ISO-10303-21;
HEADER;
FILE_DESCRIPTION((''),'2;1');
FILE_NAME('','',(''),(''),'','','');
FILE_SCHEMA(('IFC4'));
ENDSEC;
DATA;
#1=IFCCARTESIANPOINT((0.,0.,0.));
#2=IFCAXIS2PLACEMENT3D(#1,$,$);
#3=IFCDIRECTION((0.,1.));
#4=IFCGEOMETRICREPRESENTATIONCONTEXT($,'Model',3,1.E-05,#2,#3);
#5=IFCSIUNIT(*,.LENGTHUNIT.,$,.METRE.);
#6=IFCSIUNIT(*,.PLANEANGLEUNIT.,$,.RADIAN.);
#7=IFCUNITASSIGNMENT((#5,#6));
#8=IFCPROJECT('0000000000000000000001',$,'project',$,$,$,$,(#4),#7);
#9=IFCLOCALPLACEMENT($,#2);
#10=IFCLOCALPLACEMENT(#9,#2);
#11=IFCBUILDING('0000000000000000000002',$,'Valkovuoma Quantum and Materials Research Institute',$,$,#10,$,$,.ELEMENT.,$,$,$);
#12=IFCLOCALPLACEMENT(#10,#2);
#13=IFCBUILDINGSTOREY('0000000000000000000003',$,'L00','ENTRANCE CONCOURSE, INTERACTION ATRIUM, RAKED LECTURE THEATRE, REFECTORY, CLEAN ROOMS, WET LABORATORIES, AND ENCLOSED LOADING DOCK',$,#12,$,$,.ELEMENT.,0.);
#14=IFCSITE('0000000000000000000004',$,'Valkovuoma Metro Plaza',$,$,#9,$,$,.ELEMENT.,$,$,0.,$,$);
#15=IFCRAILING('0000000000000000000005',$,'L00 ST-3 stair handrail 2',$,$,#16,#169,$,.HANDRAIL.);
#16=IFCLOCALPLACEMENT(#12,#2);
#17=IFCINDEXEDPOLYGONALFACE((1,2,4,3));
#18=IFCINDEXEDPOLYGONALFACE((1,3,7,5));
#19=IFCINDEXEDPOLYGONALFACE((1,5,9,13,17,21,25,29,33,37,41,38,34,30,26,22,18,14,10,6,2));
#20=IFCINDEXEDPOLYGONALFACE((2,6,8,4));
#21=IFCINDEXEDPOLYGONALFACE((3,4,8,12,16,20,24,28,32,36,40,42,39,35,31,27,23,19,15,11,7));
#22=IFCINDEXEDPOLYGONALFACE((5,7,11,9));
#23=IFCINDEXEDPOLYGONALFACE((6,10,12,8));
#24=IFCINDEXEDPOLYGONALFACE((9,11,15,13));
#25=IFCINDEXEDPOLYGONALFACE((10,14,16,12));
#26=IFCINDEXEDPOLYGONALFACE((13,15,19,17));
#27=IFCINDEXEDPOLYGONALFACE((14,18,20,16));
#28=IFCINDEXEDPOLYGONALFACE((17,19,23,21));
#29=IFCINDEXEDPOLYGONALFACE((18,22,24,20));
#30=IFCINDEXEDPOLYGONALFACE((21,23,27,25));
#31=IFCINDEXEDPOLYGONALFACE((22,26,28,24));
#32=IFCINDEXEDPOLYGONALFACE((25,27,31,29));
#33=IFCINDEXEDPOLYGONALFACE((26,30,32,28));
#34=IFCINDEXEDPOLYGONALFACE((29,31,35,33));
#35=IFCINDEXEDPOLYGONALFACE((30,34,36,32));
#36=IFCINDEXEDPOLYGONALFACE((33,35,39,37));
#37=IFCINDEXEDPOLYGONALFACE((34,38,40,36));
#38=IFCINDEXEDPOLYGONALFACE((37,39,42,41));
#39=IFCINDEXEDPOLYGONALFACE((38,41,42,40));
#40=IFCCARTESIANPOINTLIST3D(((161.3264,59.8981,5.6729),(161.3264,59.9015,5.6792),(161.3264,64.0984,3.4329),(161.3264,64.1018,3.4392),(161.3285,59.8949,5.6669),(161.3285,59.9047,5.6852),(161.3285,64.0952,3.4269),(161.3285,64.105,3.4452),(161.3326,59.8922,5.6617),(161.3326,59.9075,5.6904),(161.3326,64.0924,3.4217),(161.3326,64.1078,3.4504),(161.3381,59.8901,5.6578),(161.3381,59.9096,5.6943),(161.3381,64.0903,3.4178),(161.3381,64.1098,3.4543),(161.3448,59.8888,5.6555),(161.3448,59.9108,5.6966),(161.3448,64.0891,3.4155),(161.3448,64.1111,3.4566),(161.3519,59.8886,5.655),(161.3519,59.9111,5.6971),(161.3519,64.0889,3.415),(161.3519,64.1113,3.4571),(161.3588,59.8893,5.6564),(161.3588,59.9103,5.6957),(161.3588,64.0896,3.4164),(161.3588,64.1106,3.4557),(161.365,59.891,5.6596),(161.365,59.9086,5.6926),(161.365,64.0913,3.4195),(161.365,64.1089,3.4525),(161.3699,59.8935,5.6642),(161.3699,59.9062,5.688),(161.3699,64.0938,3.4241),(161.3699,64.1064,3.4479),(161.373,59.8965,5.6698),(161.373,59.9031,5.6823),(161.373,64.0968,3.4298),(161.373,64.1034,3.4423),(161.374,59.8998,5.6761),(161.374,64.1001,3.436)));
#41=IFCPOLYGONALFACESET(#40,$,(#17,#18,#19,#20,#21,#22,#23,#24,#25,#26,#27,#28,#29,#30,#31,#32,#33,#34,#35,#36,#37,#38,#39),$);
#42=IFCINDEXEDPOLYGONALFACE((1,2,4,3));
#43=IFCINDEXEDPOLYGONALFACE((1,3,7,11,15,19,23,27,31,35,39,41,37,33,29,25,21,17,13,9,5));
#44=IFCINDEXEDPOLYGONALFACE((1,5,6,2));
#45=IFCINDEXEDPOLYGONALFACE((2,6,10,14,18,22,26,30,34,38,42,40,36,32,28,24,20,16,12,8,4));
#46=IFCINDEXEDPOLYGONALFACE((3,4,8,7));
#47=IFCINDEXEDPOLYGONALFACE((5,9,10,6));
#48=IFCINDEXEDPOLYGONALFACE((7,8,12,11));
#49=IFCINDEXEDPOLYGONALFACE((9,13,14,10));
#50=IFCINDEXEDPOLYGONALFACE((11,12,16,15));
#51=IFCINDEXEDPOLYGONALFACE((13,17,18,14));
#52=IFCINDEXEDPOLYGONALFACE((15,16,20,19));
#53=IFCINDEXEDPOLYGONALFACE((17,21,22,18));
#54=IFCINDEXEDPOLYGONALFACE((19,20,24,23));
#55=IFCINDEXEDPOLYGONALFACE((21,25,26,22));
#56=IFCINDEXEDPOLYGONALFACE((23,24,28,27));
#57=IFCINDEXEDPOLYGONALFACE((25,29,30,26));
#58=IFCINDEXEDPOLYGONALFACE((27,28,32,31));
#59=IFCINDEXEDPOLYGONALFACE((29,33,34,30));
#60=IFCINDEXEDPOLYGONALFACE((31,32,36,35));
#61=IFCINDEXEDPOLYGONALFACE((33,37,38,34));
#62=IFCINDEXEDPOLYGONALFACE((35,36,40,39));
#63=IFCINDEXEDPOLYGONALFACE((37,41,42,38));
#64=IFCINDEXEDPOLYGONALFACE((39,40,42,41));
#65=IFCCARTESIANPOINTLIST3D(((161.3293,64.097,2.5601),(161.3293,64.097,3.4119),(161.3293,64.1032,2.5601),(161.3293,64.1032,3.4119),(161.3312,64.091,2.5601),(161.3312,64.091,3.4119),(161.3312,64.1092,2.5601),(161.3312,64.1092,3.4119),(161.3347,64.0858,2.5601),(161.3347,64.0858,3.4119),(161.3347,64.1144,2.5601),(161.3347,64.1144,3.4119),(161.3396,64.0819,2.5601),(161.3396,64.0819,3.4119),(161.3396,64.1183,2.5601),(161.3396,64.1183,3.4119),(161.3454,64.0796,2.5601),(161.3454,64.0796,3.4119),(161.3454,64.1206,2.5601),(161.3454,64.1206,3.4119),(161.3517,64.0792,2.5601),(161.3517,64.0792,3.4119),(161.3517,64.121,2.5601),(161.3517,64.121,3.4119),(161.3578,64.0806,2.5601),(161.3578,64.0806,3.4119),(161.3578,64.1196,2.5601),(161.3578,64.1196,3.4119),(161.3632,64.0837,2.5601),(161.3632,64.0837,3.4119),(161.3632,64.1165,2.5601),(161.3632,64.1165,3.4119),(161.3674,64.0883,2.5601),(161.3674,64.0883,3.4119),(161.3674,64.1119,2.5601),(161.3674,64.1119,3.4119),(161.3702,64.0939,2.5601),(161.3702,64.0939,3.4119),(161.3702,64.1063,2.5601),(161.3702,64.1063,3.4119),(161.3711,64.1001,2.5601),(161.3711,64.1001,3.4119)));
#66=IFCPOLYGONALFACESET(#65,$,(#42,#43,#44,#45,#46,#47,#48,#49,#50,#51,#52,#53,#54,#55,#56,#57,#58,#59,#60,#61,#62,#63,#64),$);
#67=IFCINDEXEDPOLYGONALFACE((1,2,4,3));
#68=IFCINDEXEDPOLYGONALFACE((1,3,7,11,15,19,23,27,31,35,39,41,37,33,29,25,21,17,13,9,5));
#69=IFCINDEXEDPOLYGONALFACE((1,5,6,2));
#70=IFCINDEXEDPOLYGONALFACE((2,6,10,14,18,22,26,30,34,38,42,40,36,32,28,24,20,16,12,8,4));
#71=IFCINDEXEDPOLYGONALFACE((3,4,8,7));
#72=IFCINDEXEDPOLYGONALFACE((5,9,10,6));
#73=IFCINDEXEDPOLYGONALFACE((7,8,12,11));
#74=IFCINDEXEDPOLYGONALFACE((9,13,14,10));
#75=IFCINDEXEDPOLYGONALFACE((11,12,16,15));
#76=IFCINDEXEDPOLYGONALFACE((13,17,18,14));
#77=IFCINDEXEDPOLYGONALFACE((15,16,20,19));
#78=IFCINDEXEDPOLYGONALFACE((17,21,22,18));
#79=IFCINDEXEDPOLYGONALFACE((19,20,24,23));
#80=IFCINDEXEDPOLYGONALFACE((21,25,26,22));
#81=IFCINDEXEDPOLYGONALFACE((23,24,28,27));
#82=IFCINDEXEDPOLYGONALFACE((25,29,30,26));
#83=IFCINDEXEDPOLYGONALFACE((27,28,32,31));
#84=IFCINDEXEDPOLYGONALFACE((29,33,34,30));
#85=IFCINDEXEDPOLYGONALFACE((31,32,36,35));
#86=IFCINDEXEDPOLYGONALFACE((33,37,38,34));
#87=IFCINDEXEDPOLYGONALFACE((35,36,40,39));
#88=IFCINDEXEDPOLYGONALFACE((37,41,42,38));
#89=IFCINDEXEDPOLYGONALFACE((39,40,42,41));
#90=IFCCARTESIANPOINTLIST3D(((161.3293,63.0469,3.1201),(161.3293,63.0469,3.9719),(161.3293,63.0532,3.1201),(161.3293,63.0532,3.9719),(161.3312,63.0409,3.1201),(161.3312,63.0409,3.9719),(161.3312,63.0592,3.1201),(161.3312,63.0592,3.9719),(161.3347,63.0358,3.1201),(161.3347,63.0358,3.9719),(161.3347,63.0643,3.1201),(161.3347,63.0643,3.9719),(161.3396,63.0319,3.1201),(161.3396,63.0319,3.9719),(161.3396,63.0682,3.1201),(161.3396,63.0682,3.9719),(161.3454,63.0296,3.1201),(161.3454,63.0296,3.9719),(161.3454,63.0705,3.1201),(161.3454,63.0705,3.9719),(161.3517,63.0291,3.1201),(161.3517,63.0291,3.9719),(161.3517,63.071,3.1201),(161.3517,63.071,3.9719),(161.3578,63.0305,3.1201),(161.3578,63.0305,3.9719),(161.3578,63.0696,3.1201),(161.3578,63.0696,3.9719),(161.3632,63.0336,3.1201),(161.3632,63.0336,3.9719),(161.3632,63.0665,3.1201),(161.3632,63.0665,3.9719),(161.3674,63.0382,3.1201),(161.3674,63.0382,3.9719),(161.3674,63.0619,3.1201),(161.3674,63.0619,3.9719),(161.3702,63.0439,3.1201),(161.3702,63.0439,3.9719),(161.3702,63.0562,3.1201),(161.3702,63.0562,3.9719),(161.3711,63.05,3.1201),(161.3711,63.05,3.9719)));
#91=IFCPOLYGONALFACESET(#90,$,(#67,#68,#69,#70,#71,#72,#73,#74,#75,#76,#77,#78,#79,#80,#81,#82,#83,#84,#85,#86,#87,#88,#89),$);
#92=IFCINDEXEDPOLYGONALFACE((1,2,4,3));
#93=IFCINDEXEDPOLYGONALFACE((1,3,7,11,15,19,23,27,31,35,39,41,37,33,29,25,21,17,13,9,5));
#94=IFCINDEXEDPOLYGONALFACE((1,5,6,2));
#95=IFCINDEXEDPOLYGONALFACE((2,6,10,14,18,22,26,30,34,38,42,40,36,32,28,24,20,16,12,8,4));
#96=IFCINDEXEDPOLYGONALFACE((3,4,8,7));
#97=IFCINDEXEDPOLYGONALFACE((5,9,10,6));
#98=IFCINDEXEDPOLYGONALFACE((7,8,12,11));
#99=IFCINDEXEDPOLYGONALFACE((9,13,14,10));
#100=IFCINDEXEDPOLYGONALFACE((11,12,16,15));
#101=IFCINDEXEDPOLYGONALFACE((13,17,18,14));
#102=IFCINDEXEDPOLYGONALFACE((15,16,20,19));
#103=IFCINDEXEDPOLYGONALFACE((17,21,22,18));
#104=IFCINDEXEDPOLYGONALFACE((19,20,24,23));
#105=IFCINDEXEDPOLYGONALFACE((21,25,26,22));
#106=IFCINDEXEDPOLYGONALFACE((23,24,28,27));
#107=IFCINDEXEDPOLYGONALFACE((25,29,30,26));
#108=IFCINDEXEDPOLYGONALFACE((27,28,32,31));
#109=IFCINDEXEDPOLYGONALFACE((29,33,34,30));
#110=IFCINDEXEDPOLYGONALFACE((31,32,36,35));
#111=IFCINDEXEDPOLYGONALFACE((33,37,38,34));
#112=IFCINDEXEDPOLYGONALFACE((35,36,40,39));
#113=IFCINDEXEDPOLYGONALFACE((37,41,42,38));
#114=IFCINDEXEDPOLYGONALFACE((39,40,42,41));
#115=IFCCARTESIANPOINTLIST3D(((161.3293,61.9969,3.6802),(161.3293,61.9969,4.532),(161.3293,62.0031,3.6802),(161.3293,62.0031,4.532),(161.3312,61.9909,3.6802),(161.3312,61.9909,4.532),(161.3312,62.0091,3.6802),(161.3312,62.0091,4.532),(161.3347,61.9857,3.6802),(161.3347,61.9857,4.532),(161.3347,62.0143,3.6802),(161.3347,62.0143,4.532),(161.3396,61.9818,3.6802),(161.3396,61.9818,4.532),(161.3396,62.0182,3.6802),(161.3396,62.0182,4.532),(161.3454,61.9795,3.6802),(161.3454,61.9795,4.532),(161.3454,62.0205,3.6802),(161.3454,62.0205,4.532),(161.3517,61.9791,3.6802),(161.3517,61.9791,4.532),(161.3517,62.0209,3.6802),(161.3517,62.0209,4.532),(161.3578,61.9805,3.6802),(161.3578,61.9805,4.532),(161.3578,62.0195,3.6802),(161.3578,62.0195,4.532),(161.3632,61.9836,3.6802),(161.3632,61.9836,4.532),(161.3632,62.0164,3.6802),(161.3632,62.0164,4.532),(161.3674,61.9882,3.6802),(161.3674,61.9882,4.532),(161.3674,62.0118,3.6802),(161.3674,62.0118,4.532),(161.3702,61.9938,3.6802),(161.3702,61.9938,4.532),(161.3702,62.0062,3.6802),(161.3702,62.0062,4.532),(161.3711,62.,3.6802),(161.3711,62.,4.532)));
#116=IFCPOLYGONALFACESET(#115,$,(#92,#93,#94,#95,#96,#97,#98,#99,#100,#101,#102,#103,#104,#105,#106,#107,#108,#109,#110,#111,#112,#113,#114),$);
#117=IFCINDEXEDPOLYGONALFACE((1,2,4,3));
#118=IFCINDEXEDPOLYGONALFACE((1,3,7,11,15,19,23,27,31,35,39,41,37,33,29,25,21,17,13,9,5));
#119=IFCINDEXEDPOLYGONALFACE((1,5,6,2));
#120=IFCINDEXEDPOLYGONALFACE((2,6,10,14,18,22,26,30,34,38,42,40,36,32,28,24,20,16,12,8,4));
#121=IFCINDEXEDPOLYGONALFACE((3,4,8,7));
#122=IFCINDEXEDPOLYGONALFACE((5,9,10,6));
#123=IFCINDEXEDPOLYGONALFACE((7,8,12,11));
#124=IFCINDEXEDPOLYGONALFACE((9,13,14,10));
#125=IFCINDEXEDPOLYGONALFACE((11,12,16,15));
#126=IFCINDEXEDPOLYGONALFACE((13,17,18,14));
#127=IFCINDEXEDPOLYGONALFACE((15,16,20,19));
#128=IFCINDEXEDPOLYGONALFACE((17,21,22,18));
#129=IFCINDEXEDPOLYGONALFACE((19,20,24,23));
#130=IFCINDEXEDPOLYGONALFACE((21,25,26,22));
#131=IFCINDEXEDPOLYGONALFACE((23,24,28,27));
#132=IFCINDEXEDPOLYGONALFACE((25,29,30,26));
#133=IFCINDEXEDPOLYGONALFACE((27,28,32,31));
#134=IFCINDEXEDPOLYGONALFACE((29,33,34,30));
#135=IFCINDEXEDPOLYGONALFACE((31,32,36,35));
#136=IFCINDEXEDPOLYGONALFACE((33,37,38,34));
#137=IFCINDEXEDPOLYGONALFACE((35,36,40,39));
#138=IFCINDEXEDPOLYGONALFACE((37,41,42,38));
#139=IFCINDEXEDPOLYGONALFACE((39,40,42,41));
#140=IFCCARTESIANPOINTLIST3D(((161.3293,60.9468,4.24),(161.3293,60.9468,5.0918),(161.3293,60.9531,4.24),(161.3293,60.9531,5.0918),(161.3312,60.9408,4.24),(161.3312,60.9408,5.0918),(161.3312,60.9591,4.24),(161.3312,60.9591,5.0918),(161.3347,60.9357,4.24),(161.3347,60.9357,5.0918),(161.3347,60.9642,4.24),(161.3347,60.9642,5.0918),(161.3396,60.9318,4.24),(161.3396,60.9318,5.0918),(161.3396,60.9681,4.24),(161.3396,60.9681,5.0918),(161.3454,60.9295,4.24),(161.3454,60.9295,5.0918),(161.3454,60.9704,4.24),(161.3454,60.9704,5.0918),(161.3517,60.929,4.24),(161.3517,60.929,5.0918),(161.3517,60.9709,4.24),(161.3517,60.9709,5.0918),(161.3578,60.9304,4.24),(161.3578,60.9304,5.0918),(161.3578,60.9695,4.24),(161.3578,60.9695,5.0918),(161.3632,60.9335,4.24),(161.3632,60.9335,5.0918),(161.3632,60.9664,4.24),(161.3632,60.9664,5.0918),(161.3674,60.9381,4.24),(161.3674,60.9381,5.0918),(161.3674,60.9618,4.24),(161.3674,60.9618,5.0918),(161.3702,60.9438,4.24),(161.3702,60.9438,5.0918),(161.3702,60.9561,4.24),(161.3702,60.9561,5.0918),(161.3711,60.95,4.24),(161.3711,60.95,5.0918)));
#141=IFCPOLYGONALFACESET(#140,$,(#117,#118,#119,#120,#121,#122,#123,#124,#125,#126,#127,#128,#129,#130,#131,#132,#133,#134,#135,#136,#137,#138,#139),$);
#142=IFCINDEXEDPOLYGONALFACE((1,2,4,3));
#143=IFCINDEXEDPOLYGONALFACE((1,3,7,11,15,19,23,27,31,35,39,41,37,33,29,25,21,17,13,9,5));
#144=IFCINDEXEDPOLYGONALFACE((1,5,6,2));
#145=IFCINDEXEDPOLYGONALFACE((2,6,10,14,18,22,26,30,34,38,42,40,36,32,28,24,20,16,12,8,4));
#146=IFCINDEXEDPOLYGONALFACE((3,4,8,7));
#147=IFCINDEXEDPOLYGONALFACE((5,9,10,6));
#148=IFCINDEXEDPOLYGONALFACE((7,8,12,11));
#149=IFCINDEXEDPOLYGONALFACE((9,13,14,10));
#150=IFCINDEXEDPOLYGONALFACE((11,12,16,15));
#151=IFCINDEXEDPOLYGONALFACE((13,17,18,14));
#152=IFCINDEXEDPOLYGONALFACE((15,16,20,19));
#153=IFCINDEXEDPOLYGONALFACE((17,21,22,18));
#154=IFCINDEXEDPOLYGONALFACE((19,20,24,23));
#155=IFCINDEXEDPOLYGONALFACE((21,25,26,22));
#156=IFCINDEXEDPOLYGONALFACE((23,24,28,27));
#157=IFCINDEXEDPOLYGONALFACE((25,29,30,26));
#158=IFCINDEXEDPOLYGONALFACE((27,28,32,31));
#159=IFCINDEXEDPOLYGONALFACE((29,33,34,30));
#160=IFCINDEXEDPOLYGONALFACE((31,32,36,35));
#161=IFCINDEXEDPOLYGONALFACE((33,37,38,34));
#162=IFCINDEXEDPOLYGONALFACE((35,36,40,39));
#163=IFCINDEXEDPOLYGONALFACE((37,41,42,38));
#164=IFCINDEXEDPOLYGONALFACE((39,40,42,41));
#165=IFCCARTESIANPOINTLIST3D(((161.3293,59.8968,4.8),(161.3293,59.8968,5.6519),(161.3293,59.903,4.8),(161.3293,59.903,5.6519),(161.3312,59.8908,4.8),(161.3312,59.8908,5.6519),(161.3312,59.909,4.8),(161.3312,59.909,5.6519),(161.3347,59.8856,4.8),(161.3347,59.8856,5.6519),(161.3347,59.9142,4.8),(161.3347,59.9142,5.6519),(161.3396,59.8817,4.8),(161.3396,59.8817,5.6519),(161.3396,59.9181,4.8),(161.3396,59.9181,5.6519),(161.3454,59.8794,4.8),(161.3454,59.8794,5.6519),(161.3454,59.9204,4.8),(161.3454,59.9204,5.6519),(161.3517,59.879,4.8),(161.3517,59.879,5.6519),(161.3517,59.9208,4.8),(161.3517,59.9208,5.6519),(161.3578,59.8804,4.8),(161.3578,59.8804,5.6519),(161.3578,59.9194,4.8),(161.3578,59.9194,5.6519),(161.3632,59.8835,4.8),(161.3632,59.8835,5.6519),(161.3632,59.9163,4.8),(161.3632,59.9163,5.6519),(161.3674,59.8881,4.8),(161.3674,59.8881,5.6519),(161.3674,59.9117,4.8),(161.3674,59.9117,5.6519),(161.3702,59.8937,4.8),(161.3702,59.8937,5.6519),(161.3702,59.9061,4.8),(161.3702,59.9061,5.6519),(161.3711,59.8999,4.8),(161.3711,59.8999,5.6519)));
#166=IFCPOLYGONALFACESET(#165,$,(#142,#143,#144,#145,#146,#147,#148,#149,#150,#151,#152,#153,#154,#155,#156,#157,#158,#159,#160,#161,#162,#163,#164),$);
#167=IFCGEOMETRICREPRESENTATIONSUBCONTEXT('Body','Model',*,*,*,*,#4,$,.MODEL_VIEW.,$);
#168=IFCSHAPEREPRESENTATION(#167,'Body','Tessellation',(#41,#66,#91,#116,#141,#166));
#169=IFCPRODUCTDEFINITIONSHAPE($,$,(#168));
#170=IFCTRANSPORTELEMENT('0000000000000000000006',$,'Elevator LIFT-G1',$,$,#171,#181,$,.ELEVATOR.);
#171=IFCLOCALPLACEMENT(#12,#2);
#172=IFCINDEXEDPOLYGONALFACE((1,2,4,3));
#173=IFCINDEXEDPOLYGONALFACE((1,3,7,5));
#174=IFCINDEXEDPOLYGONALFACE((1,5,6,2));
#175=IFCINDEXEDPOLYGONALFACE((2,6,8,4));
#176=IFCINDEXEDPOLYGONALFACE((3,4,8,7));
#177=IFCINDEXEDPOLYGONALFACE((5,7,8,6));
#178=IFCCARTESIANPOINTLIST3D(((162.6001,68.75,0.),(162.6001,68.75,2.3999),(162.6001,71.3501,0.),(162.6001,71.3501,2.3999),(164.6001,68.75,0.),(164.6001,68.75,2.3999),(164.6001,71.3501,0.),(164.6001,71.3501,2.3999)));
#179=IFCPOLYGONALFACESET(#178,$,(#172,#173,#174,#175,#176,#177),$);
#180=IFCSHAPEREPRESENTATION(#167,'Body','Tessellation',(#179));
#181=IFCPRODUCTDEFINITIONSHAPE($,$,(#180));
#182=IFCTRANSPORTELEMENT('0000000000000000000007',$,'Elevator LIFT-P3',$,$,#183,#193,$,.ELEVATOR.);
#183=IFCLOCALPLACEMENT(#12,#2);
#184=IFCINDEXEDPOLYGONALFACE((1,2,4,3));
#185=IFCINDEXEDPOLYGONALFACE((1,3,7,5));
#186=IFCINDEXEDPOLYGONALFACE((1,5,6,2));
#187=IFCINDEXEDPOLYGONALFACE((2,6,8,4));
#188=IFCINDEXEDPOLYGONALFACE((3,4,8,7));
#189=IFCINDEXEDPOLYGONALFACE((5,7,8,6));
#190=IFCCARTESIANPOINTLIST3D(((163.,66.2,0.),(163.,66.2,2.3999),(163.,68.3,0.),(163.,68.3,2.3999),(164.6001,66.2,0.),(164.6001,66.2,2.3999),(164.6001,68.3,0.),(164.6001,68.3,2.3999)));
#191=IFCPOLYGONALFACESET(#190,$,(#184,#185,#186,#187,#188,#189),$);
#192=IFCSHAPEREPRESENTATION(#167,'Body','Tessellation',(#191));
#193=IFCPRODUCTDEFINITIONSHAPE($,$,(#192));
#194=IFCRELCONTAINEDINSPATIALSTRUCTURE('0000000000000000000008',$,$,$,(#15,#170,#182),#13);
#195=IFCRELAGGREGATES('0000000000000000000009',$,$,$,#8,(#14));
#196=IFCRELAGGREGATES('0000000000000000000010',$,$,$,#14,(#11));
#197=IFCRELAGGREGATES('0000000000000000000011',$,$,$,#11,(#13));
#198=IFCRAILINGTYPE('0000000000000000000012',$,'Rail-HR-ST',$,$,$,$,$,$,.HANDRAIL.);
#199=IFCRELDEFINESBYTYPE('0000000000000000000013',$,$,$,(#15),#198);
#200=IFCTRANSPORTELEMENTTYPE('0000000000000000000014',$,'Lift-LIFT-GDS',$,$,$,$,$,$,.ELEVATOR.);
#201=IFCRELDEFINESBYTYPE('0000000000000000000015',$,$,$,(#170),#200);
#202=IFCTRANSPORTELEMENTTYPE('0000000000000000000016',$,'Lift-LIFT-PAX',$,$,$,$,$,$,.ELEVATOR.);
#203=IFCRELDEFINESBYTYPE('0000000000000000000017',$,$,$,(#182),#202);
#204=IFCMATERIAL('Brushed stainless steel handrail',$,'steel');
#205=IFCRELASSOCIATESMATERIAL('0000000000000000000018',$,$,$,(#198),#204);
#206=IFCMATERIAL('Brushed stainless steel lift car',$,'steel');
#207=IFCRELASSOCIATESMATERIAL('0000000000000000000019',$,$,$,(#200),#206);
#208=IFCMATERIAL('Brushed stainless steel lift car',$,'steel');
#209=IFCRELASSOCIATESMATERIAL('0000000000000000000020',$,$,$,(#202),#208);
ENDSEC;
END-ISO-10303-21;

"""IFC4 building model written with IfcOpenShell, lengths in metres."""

from ifc_helpers import new_model, si_unit, direction, frame, origin, origin_2d, place, context, subcontext, project, spatial, rectangle, circle, extrude, material, type_object, element, save


model = new_model("IFC4")

# Units and contexts
model_context = context("Model", 3, precision=1e-05, world=origin(), true_north=direction((0.0, 1.0)))
body_context = subcontext(model_context, "Body", "Model", "MODEL_VIEW")
ifc_project = project(units=[si_unit("LENGTHUNIT", "METRE"), si_unit("PLANEANGLEUNIT", "RADIAN")], contexts=[model_context])

# Site, building, storey
site_placement = place(None, origin())
site = spatial("IfcSite", under=ifc_project, at=site_placement, Name="Valkovuoma Metro Plaza", CompositionType="ELEMENT", RefElevation=0.0)
building_placement = place(site_placement, origin())
building = spatial("IfcBuilding", under=site, at=building_placement, Name="Valkovuoma Quantum and Materials Research Institute", CompositionType="ELEMENT")
storey_placement = place(building_placement, origin())
storey = spatial("IfcBuildingStorey", under=building, at=storey_placement, Name="L00", Description="ENTRANCE CONCOURSE, INTERACTION ATRIUM, RAKED LECTURE THEATRE, REFECTORY, CLEAN ROOMS, WET LABORATORIES, AND ENCLOSED LOADING DOCK", CompositionType="ELEMENT", Elevation=0.0)

# Railing
ifc_material_1 = material(Name="Brushed stainless steel handrail", Category="steel")
railing_type_1 = type_object("IfcRailingType", Name="Rail-HR-ST", PredefinedType="HANDRAIL", material=ifc_material_1)
railing_1_placement = place(storey_placement, frame((161.3501, 64.1001, 2.5601)))
element("IfcRailing", 1, at=railing_1_placement, inside=storey, type_object=railing_type_1, Name="L00 ST-3 stair handrail 2", PredefinedType="HANDRAIL", context=body_context, shape_type="SweptSolid", body=[
    extrude(circle(Radius=0.0239, at=origin_2d()), frame((0.0, 0.0, 0.876), z_axis=(0.0, -0.882363, 0.47057), x_axis=(1.0, 0.0, 0.0)), (0.0, 0.0, 1.0), 4.7603),
    extrude(circle(Radius=0.021, at=origin_2d()), origin(), (0.0, 0.0, 1.0), 0.8518),
    extrude(circle(Radius=0.021, at=origin_2d()), frame((0.0, -1.05, 0.5601)), (0.0, 0.0, 1.0), 0.8518),
    extrude(circle(Radius=0.021, at=origin_2d()), frame((0.0, -2.1001, 1.1201)), (0.0, 0.0, 1.0), 0.8518),
    extrude(circle(Radius=0.021, at=origin_2d()), frame((0.0, -3.1501, 1.6799)), (0.0, 0.0, 1.0), 0.8518),
    extrude(circle(Radius=0.021, at=origin_2d()), frame((0.0, -4.2002, 2.24)), (0.0, 0.0, 1.0), 0.8518),
])

# Transport elements
ifc_material_2 = material(Name="Brushed stainless steel lift car", Category="steel")
transport_element_type_1 = type_object("IfcTransportElementType", Name="Lift-LIFT-GDS", PredefinedType="ELEVATOR", material=ifc_material_2)
transport_element_1_placement = place(storey_placement, frame((163.6001, 70.05, 0.0), z_axis=(0.0, 0.0, 1.0), x_axis=(1.0, 0.0, 0.0)))
element("IfcTransportElement", 2, at=transport_element_1_placement, inside=storey, type_object=transport_element_type_1, Name="Elevator LIFT-G1", PredefinedType="ELEVATOR", context=body_context, shape_type="SweptSolid", body=[
    extrude(rectangle(XDim=2.0, YDim=2.6001, at=origin_2d()), origin(), (0.0, 0.0, 1.0), 2.3999),
])
ifc_material_3 = material(Name="Brushed stainless steel lift car", Category="steel")
transport_element_type_2 = type_object("IfcTransportElementType", Name="Lift-LIFT-PAX", PredefinedType="ELEVATOR", material=ifc_material_3)
transport_element_2_placement = place(storey_placement, frame((163.8, 67.25, 0.0), z_axis=(0.0, 0.0, 1.0), x_axis=(1.0, 0.0, 0.0)))
element("IfcTransportElement", 3, at=transport_element_2_placement, inside=storey, type_object=transport_element_type_2, Name="Elevator LIFT-P3", PredefinedType="ELEVATOR", context=body_context, shape_type="SweptSolid", body=[
    extrude(rectangle(XDim=1.6001, YDim=2.1001, at=origin_2d()), origin(), (0.0, 0.0, 1.0), 2.3999),
])

save(model, "model.ifc")
